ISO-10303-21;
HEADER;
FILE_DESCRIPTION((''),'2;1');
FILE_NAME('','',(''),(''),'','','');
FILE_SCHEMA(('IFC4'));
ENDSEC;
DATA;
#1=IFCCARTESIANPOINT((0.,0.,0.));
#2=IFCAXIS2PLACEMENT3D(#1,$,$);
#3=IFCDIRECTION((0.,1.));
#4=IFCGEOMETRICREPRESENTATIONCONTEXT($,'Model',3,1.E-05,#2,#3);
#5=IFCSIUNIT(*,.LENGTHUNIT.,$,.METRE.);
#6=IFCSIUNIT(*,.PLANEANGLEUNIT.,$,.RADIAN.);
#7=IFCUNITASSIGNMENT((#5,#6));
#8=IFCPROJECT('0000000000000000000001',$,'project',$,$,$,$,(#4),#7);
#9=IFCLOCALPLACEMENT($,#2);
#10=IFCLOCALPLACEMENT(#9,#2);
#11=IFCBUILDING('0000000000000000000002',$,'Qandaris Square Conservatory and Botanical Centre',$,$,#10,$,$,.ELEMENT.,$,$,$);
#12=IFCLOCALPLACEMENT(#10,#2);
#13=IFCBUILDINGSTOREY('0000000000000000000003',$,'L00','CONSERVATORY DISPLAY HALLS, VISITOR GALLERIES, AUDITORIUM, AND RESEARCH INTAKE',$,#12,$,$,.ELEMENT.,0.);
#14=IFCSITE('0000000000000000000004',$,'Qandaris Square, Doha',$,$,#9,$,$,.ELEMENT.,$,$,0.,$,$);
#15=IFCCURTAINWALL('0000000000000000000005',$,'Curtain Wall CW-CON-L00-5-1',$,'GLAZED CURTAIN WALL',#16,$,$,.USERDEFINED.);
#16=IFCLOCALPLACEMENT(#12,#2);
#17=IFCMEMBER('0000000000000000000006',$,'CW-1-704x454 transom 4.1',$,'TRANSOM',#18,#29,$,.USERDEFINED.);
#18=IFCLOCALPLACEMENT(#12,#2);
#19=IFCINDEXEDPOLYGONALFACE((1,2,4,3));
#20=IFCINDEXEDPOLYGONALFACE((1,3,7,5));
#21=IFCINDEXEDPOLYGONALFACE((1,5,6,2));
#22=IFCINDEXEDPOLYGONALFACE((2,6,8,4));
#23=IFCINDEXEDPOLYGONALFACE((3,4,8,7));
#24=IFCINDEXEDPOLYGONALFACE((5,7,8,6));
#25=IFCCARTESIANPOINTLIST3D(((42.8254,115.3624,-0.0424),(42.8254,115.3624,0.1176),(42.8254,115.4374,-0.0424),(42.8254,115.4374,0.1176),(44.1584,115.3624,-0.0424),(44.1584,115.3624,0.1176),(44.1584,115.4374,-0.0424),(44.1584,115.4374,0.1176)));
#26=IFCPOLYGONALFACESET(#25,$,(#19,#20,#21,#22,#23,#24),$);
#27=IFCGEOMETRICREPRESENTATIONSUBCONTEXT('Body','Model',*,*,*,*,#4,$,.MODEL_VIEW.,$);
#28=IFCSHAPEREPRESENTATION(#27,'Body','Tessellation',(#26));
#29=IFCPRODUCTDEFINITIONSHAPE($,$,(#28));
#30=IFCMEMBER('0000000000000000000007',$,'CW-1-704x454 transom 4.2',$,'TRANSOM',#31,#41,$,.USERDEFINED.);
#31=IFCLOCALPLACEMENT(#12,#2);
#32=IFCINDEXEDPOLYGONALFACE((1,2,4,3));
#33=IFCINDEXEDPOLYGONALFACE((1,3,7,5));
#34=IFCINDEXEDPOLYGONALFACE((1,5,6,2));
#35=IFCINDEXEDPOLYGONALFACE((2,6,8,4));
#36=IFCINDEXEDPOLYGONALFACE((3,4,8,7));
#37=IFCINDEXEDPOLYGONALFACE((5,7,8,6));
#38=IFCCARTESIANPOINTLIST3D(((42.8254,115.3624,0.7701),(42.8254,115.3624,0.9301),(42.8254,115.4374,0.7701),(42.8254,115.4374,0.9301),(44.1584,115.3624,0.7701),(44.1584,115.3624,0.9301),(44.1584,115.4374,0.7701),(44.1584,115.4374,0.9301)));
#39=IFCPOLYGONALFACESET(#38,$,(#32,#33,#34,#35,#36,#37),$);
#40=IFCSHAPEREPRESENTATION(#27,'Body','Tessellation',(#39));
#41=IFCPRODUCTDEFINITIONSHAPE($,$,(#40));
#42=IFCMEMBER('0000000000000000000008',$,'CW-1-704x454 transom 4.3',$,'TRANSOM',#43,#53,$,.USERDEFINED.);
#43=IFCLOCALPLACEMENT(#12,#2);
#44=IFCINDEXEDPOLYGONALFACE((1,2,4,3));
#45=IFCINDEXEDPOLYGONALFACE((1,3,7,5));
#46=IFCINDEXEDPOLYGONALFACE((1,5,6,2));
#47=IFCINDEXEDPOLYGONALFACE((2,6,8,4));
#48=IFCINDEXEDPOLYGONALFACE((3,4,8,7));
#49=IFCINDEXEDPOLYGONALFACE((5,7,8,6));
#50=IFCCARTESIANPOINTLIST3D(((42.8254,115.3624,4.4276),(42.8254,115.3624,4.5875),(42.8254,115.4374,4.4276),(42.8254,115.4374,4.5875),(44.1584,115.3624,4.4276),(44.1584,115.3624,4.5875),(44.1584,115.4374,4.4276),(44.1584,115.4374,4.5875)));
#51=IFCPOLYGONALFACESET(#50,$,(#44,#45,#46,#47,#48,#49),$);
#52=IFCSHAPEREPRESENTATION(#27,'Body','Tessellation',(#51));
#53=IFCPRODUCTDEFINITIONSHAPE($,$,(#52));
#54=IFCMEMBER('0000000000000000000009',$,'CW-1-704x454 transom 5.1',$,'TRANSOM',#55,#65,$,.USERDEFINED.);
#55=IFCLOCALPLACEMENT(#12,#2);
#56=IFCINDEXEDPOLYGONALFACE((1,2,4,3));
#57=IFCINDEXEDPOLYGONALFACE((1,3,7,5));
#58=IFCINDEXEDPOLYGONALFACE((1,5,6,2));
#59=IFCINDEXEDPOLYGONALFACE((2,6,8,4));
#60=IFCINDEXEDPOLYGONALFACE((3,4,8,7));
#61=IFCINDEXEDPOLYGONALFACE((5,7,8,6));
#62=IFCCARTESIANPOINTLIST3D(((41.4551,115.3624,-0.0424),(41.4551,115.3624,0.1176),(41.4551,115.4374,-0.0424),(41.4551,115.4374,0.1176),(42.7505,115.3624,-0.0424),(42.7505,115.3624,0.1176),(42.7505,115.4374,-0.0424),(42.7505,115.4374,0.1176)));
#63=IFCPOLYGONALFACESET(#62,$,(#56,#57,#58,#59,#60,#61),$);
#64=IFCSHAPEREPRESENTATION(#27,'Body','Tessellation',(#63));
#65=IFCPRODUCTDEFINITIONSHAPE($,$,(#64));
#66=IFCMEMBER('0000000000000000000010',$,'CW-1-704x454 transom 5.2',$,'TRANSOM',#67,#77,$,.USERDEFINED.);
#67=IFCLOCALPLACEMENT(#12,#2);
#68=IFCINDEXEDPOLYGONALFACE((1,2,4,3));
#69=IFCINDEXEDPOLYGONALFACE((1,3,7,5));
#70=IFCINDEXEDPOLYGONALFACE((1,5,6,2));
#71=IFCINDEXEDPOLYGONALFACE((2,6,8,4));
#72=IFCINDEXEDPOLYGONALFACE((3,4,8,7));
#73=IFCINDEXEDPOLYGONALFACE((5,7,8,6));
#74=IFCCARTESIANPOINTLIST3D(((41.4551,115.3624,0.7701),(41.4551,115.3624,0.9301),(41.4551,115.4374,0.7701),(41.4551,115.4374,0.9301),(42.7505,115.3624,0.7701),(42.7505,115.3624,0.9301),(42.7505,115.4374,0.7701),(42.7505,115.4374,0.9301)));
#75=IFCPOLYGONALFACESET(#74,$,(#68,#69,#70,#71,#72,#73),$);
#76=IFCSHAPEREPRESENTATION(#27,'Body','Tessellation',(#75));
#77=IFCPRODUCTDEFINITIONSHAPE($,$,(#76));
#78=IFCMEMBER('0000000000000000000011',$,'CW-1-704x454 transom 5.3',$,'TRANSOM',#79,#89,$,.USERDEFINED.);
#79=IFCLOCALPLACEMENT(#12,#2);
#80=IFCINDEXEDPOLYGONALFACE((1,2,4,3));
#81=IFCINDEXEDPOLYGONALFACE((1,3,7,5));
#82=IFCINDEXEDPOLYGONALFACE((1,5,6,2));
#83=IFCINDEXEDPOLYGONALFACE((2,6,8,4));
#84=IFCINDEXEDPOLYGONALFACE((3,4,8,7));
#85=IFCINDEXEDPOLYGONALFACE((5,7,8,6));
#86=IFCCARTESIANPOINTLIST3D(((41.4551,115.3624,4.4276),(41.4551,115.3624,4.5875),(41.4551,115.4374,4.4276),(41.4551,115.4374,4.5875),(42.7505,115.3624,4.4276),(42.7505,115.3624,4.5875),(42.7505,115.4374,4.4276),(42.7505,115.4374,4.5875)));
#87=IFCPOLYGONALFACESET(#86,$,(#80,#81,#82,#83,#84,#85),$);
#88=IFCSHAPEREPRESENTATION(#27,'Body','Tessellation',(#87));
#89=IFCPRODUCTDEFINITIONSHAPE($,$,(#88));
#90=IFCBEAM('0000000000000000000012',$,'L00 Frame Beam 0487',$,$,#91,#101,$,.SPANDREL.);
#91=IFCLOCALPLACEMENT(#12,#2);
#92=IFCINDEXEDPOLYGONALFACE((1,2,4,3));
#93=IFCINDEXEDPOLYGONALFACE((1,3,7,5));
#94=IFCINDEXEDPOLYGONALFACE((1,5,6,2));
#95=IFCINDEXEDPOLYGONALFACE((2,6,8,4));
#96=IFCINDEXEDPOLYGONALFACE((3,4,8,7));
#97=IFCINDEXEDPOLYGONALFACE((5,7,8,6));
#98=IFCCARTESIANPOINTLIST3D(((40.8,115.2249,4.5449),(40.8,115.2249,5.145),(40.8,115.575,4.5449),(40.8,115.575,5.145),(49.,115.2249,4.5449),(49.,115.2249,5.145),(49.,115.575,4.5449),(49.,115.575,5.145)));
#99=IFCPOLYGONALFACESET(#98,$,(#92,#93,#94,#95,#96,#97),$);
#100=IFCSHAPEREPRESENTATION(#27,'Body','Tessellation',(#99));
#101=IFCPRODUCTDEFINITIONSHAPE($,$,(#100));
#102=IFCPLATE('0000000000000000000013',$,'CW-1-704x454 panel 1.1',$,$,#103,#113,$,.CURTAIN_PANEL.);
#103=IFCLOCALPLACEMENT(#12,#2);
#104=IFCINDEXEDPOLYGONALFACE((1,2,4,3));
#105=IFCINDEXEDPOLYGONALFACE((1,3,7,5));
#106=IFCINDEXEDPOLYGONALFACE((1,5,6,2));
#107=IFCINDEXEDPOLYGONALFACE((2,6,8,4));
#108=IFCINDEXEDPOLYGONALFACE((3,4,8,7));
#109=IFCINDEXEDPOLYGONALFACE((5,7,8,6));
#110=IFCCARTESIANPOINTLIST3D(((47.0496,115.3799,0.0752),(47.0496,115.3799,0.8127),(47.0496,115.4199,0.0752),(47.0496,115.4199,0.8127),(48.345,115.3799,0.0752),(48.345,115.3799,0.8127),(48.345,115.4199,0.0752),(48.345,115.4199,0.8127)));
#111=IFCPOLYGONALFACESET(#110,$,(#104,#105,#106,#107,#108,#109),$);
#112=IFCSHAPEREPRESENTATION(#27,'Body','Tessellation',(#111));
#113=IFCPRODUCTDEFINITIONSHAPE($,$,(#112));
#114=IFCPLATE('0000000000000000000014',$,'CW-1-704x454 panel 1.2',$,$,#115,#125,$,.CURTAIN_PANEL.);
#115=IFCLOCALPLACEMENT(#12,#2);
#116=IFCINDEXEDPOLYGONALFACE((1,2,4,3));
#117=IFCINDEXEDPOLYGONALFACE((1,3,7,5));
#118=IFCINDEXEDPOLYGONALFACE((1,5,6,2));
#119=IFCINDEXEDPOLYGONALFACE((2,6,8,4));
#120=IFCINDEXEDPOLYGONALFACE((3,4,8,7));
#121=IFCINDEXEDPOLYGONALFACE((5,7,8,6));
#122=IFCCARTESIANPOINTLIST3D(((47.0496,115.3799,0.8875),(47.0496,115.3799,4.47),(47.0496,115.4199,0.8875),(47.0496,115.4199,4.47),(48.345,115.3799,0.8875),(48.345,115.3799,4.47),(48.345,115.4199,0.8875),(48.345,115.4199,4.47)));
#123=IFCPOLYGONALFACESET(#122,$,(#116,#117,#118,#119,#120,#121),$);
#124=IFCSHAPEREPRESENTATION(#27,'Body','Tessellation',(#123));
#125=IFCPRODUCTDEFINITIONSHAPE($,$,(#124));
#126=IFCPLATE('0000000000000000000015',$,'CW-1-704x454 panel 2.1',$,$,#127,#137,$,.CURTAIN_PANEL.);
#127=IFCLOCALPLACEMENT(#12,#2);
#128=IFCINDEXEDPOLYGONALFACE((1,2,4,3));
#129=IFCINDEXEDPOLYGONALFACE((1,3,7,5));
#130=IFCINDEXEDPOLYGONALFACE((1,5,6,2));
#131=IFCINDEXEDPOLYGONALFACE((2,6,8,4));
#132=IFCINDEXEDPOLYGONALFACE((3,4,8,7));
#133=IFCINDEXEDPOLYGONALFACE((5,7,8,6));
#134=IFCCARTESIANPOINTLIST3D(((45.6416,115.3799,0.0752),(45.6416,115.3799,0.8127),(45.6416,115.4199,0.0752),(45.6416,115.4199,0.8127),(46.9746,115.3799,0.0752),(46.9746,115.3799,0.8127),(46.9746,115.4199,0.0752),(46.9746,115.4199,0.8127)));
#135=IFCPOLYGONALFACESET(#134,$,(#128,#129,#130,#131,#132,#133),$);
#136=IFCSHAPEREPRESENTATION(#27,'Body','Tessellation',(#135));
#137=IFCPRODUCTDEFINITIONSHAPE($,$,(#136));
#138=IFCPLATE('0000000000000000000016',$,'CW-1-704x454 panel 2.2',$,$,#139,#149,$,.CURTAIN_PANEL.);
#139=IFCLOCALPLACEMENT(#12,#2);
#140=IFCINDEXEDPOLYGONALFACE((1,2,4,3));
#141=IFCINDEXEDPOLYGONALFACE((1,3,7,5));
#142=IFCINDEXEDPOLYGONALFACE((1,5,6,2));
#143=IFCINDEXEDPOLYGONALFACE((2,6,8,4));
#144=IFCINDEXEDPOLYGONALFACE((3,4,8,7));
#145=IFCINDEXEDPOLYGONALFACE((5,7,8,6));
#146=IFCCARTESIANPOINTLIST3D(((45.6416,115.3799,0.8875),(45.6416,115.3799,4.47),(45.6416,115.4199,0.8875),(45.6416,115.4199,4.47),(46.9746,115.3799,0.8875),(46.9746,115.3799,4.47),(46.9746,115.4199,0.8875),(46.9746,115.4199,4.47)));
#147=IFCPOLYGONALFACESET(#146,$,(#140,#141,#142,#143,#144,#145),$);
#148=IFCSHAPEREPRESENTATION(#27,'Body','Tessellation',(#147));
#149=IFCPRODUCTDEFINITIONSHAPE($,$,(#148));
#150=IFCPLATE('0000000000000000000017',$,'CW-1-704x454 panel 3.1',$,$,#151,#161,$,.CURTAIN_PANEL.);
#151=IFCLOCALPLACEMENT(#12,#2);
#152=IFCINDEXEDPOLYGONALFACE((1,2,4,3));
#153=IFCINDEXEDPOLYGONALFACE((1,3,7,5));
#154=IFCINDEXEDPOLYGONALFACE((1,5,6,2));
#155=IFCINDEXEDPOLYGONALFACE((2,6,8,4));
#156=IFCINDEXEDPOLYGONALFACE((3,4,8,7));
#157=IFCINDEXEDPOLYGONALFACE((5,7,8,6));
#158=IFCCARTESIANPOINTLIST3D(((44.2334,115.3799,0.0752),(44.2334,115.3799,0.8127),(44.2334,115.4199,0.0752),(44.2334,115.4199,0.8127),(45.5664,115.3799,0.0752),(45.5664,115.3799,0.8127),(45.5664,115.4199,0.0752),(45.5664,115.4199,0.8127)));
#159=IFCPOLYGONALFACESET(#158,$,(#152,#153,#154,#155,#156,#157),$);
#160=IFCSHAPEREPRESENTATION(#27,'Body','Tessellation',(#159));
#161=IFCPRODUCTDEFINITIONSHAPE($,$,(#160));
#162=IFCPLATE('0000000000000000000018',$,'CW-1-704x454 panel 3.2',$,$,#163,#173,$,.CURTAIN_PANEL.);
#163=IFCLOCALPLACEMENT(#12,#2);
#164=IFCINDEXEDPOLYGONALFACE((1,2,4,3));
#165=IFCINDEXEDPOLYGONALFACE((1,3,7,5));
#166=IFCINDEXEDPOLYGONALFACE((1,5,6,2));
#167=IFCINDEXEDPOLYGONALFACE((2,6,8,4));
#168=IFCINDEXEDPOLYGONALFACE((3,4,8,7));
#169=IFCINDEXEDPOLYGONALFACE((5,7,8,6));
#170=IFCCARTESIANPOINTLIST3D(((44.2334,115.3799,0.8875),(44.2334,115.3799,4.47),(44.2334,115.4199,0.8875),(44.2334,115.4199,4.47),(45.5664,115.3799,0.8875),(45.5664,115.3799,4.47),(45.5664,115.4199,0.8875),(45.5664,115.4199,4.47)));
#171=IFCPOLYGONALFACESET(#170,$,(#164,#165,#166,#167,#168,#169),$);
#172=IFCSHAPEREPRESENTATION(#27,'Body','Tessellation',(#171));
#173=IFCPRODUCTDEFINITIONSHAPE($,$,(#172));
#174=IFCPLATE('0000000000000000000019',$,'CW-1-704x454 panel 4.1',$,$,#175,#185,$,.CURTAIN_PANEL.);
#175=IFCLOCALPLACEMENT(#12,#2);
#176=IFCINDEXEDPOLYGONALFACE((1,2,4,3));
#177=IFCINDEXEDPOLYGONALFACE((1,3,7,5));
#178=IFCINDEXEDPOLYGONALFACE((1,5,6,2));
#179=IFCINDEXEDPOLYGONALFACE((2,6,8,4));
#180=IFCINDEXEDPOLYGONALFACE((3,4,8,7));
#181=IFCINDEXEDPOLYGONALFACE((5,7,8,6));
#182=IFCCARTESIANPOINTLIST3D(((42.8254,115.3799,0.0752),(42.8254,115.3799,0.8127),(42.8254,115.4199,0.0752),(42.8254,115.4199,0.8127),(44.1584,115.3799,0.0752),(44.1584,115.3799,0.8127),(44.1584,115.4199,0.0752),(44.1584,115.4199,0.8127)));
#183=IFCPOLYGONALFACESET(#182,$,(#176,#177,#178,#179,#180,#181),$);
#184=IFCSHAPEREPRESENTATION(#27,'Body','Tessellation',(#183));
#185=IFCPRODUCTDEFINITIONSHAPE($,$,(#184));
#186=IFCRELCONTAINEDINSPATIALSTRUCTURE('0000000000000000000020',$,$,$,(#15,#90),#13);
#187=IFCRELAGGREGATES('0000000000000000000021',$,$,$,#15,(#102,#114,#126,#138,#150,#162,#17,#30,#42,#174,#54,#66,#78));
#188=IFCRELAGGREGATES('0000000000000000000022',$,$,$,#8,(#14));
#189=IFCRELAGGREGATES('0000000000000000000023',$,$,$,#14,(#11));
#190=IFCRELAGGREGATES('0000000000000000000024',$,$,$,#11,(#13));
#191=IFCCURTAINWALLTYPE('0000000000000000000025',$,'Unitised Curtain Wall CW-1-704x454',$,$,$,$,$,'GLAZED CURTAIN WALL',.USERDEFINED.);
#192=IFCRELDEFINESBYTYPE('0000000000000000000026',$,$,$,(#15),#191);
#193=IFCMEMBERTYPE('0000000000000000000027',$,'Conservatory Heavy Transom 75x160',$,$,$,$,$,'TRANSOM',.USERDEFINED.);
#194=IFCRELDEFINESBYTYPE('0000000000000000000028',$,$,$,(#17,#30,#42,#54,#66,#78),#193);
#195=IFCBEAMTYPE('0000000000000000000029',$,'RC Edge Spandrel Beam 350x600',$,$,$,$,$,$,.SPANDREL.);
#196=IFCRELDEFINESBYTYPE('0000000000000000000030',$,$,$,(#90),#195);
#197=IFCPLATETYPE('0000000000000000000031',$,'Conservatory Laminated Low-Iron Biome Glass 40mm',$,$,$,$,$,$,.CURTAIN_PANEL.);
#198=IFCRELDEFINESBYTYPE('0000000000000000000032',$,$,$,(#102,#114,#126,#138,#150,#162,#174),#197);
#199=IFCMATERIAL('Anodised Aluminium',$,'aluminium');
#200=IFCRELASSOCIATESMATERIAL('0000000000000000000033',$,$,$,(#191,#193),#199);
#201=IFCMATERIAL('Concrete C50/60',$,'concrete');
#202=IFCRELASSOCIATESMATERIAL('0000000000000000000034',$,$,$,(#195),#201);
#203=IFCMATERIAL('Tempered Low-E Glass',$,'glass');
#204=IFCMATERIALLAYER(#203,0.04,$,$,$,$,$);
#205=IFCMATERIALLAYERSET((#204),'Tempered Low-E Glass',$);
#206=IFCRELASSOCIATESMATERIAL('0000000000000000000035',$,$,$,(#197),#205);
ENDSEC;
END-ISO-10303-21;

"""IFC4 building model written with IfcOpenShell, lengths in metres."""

from ifc_helpers import new_model, si_unit, direction, frame, origin, origin_2d, place, context, subcontext, project, spatial, rectangle, extrude, material, layer, layer_set, material_profile, profile_set, type_object, element, aggregate, save


model = new_model("IFC4")

# Units and contexts
model_context = context("Model", 3, precision=1e-05, world=origin(), true_north=direction((0.0, 1.0)))
body_context = subcontext(model_context, "Body", "Model", "MODEL_VIEW")
ifc_project = project(units=[si_unit("LENGTHUNIT", "METRE"), si_unit("PLANEANGLEUNIT", "RADIAN")], contexts=[model_context])

# Site, building, storey
site_placement = place(None, origin())
site = spatial("IfcSite", under=ifc_project, at=site_placement, Name="Qandaris Square, Doha", CompositionType="ELEMENT", RefElevation=0.0)
building_placement = place(site_placement, origin())
building = spatial("IfcBuilding", under=site, at=building_placement, Name="Qandaris Square Conservatory and Botanical Centre", CompositionType="ELEMENT")
storey_placement = place(building_placement, origin())
storey = spatial("IfcBuildingStorey", under=building, at=storey_placement, Name="L00", Description="CONSERVATORY DISPLAY HALLS, VISITOR GALLERIES, AUDITORIUM, AND RESEARCH INTAKE", CompositionType="ELEMENT", Elevation=0.0)

# Shared definitions
ifc_material_1 = material(Name="Concrete C50/60", Category="concrete")

# Curtain wall, members
ifc_material_2 = material(Name="Anodised Aluminium", Category="aluminium")
curtain_wall_type = type_object("IfcCurtainWallType", Name="Unitised Curtain Wall CW-1-704x454", ElementType="GLAZED CURTAIN WALL", PredefinedType="USERDEFINED", material=ifc_material_2)
curtain_wall_placement = place(storey_placement, origin())
curtain_wall = element("IfcCurtainWall", 1, at=curtain_wall_placement, inside=storey, type_object=curtain_wall_type, Name="Curtain Wall CW-CON-L00-5-1", ObjectType="GLAZED CURTAIN WALL", PredefinedType="USERDEFINED")
ifc_material_profile_1 = material_profile(ifc_material_2, rectangle(XDim=0.075, YDim=0.1599, at=origin_2d()), Name="ALU-TRN 75x160")
ifc_profile_set_1 = profile_set([ifc_material_profile_1], Name="Anodised Aluminium")
member_type_1 = type_object("IfcMemberType", Name="Conservatory Heavy Transom 75x160", ElementType="TRANSOM", PredefinedType="USERDEFINED", material=ifc_profile_set_1)
member_1_placement = place(storey_placement, frame((44.1584, 115.3999, 0.0376), z_axis=(-1.0, 0.0, 0.0), x_axis=(0.0, -1.0, 0.0)))
member_1 = element("IfcMember", 2, at=member_1_placement, type_object=member_type_1, Name="CW-1-704x454 transom 4.1", ObjectType="TRANSOM", PredefinedType="USERDEFINED", context=body_context, shape_type="SweptSolid", body=[
    extrude(rectangle(XDim=0.075, YDim=0.1599, at=origin_2d()), origin(), (0.0, 0.0, 1.0), 1.333),
])
member_2_placement = place(storey_placement, frame((44.1584, 115.3999, 0.8501), z_axis=(-1.0, 0.0, 0.0), x_axis=(0.0, -1.0, 0.0)))
member_2 = element("IfcMember", 3, at=member_2_placement, type_object=member_type_1, Name="CW-1-704x454 transom 4.2", ObjectType="TRANSOM", PredefinedType="USERDEFINED", context=body_context, shape_type="SweptSolid", body=[
    extrude(rectangle(XDim=0.075, YDim=0.1599, at=origin_2d()), origin(), (0.0, 0.0, 1.0), 1.333),
])
member_3_placement = place(storey_placement, frame((44.1584, 115.3999, 4.5076), z_axis=(-1.0, 0.0, 0.0), x_axis=(0.0, -1.0, 0.0)))
member_3 = element("IfcMember", 4, at=member_3_placement, type_object=member_type_1, Name="CW-1-704x454 transom 4.3", ObjectType="TRANSOM", PredefinedType="USERDEFINED", context=body_context, shape_type="SweptSolid", body=[
    extrude(rectangle(XDim=0.075, YDim=0.1599, at=origin_2d()), origin(), (0.0, 0.0, 1.0), 1.333),
])
member_4_placement = place(storey_placement, frame((42.7505, 115.3999, 0.0376), z_axis=(-1.0, 0.0, 0.0), x_axis=(0.0, -1.0, 0.0)))
member_4 = element("IfcMember", 5, at=member_4_placement, type_object=member_type_1, Name="CW-1-704x454 transom 5.1", ObjectType="TRANSOM", PredefinedType="USERDEFINED", context=body_context, shape_type="SweptSolid", body=[
    extrude(rectangle(XDim=0.075, YDim=0.1599, at=origin_2d()), origin(), (0.0, 0.0, 1.0), 1.2954),
])
member_5_placement = place(storey_placement, frame((42.7505, 115.3999, 0.8501), z_axis=(-1.0, 0.0, 0.0), x_axis=(0.0, -1.0, 0.0)))
member_5 = element("IfcMember", 6, at=member_5_placement, type_object=member_type_1, Name="CW-1-704x454 transom 5.2", ObjectType="TRANSOM", PredefinedType="USERDEFINED", context=body_context, shape_type="SweptSolid", body=[
    extrude(rectangle(XDim=0.075, YDim=0.1599, at=origin_2d()), origin(), (0.0, 0.0, 1.0), 1.2954),
])
member_6_placement = place(storey_placement, frame((42.7505, 115.3999, 4.5076), z_axis=(-1.0, 0.0, 0.0), x_axis=(0.0, -1.0, 0.0)))
member_6 = element("IfcMember", 7, at=member_6_placement, type_object=member_type_1, Name="CW-1-704x454 transom 5.3", ObjectType="TRANSOM", PredefinedType="USERDEFINED", context=body_context, shape_type="SweptSolid", body=[
    extrude(rectangle(XDim=0.075, YDim=0.1599, at=origin_2d()), origin(), (0.0, 0.0, 1.0), 1.2954),
])

# Beam
ifc_material_profile_2 = material_profile(ifc_material_1, rectangle(XDim=0.3501, YDim=0.6001, at=origin_2d()), Name="RC-SP 350x600")
ifc_profile_set_2 = profile_set([ifc_material_profile_2], Name="Concrete C50/60")
beam_type = type_object("IfcBeamType", Name="RC Edge Spandrel Beam 350x600", PredefinedType="SPANDREL", material=ifc_profile_set_2)
beam_placement = place(storey_placement, frame((40.8, 115.3999, 4.845), z_axis=(1.0, 0.0, 0.0), x_axis=(0.0, 1.0, 0.0)))
element("IfcBeam", 8, at=beam_placement, inside=storey, type_object=beam_type, Name="L00 Frame Beam 0487", PredefinedType="SPANDREL", context=body_context, shape_type="SweptSolid", body=[
    extrude(rectangle(XDim=0.3501, YDim=0.6001, at=origin_2d()), origin(), (0.0, 0.0, 1.0), 8.2),
])

# Plates
ifc_material_3 = material(Name="Tempered Low-E Glass", Category="glass")
ifc_layer = layer(ifc_material_3, 0.04)
ifc_layer_set = layer_set([ifc_layer], Name="Tempered Low-E Glass")
plate_type = type_object("IfcPlateType", Name="Conservatory Laminated Low-Iron Biome Glass 40mm", PredefinedType="CURTAIN_PANEL", material=ifc_layer_set)
plate_1_placement = place(storey_placement, frame((47.6973, 115.3999, 0.0752), z_axis=(0.0, 0.0, 1.0), x_axis=(-1.0, 0.0, 0.0)))
plate_1 = element("IfcPlate", 9, at=plate_1_placement, type_object=plate_type, Name="CW-1-704x454 panel 1.1", PredefinedType="CURTAIN_PANEL", context=body_context, shape_type="SweptSolid", body=[
    extrude(rectangle(XDim=1.2954, YDim=0.04, at=origin_2d()), origin(), (0.0, 0.0, 1.0), 0.7375),
])
plate_2_placement = place(storey_placement, frame((47.6973, 115.3999, 0.8875), z_axis=(0.0, 0.0, 1.0), x_axis=(-1.0, 0.0, 0.0)))
plate_2 = element("IfcPlate", 10, at=plate_2_placement, type_object=plate_type, Name="CW-1-704x454 panel 1.2", PredefinedType="CURTAIN_PANEL", context=body_context, shape_type="SweptSolid", body=[
    extrude(rectangle(XDim=1.2954, YDim=0.04, at=origin_2d()), origin(), (0.0, 0.0, 1.0), 3.5825),
])
plate_3_placement = place(storey_placement, frame((46.3081, 115.3999, 0.0752), z_axis=(0.0, 0.0, 1.0), x_axis=(-1.0, 0.0, 0.0)))
plate_3 = element("IfcPlate", 11, at=plate_3_placement, type_object=plate_type, Name="CW-1-704x454 panel 2.1", PredefinedType="CURTAIN_PANEL", context=body_context, shape_type="SweptSolid", body=[
    extrude(rectangle(XDim=1.333, YDim=0.04, at=origin_2d()), origin(), (0.0, 0.0, 1.0), 0.7375),
])
plate_4_placement = place(storey_placement, frame((46.3081, 115.3999, 0.8875), z_axis=(0.0, 0.0, 1.0), x_axis=(-1.0, 0.0, 0.0)))
plate_4 = element("IfcPlate", 12, at=plate_4_placement, type_object=plate_type, Name="CW-1-704x454 panel 2.2", PredefinedType="CURTAIN_PANEL", context=body_context, shape_type="SweptSolid", body=[
    extrude(rectangle(XDim=1.333, YDim=0.04, at=origin_2d()), origin(), (0.0, 0.0, 1.0), 3.5825),
])
plate_5_placement = place(storey_placement, frame((44.8999, 115.3999, 0.0752), z_axis=(0.0, 0.0, 1.0), x_axis=(-1.0, 0.0, 0.0)))
plate_5 = element("IfcPlate", 13, at=plate_5_placement, type_object=plate_type, Name="CW-1-704x454 panel 3.1", PredefinedType="CURTAIN_PANEL", context=body_context, shape_type="SweptSolid", body=[
    extrude(rectangle(XDim=1.333, YDim=0.04, at=origin_2d()), origin(), (0.0, 0.0, 1.0), 0.7375),
])
plate_6_placement = place(storey_placement, frame((44.8999, 115.3999, 0.8875), z_axis=(0.0, 0.0, 1.0), x_axis=(-1.0, 0.0, 0.0)))
plate_6 = element("IfcPlate", 14, at=plate_6_placement, type_object=plate_type, Name="CW-1-704x454 panel 3.2", PredefinedType="CURTAIN_PANEL", context=body_context, shape_type="SweptSolid", body=[
    extrude(rectangle(XDim=1.333, YDim=0.04, at=origin_2d()), origin(), (0.0, 0.0, 1.0), 3.5825),
])
plate_7_placement = place(storey_placement, frame((43.4919, 115.3999, 0.0752), z_axis=(0.0, 0.0, 1.0), x_axis=(-1.0, 0.0, 0.0)))
plate_7 = element("IfcPlate", 15, at=plate_7_placement, type_object=plate_type, Name="CW-1-704x454 panel 4.1", PredefinedType="CURTAIN_PANEL", context=body_context, shape_type="SweptSolid", body=[
    extrude(rectangle(XDim=1.333, YDim=0.04, at=origin_2d()), origin(), (0.0, 0.0, 1.0), 0.7375),
])
aggregate(curtain_wall, [plate_1, plate_2, plate_3, plate_4, plate_5, plate_6, member_1, member_2, member_3, plate_7, member_4, member_5, member_6])

save(model, "model.ifc")
